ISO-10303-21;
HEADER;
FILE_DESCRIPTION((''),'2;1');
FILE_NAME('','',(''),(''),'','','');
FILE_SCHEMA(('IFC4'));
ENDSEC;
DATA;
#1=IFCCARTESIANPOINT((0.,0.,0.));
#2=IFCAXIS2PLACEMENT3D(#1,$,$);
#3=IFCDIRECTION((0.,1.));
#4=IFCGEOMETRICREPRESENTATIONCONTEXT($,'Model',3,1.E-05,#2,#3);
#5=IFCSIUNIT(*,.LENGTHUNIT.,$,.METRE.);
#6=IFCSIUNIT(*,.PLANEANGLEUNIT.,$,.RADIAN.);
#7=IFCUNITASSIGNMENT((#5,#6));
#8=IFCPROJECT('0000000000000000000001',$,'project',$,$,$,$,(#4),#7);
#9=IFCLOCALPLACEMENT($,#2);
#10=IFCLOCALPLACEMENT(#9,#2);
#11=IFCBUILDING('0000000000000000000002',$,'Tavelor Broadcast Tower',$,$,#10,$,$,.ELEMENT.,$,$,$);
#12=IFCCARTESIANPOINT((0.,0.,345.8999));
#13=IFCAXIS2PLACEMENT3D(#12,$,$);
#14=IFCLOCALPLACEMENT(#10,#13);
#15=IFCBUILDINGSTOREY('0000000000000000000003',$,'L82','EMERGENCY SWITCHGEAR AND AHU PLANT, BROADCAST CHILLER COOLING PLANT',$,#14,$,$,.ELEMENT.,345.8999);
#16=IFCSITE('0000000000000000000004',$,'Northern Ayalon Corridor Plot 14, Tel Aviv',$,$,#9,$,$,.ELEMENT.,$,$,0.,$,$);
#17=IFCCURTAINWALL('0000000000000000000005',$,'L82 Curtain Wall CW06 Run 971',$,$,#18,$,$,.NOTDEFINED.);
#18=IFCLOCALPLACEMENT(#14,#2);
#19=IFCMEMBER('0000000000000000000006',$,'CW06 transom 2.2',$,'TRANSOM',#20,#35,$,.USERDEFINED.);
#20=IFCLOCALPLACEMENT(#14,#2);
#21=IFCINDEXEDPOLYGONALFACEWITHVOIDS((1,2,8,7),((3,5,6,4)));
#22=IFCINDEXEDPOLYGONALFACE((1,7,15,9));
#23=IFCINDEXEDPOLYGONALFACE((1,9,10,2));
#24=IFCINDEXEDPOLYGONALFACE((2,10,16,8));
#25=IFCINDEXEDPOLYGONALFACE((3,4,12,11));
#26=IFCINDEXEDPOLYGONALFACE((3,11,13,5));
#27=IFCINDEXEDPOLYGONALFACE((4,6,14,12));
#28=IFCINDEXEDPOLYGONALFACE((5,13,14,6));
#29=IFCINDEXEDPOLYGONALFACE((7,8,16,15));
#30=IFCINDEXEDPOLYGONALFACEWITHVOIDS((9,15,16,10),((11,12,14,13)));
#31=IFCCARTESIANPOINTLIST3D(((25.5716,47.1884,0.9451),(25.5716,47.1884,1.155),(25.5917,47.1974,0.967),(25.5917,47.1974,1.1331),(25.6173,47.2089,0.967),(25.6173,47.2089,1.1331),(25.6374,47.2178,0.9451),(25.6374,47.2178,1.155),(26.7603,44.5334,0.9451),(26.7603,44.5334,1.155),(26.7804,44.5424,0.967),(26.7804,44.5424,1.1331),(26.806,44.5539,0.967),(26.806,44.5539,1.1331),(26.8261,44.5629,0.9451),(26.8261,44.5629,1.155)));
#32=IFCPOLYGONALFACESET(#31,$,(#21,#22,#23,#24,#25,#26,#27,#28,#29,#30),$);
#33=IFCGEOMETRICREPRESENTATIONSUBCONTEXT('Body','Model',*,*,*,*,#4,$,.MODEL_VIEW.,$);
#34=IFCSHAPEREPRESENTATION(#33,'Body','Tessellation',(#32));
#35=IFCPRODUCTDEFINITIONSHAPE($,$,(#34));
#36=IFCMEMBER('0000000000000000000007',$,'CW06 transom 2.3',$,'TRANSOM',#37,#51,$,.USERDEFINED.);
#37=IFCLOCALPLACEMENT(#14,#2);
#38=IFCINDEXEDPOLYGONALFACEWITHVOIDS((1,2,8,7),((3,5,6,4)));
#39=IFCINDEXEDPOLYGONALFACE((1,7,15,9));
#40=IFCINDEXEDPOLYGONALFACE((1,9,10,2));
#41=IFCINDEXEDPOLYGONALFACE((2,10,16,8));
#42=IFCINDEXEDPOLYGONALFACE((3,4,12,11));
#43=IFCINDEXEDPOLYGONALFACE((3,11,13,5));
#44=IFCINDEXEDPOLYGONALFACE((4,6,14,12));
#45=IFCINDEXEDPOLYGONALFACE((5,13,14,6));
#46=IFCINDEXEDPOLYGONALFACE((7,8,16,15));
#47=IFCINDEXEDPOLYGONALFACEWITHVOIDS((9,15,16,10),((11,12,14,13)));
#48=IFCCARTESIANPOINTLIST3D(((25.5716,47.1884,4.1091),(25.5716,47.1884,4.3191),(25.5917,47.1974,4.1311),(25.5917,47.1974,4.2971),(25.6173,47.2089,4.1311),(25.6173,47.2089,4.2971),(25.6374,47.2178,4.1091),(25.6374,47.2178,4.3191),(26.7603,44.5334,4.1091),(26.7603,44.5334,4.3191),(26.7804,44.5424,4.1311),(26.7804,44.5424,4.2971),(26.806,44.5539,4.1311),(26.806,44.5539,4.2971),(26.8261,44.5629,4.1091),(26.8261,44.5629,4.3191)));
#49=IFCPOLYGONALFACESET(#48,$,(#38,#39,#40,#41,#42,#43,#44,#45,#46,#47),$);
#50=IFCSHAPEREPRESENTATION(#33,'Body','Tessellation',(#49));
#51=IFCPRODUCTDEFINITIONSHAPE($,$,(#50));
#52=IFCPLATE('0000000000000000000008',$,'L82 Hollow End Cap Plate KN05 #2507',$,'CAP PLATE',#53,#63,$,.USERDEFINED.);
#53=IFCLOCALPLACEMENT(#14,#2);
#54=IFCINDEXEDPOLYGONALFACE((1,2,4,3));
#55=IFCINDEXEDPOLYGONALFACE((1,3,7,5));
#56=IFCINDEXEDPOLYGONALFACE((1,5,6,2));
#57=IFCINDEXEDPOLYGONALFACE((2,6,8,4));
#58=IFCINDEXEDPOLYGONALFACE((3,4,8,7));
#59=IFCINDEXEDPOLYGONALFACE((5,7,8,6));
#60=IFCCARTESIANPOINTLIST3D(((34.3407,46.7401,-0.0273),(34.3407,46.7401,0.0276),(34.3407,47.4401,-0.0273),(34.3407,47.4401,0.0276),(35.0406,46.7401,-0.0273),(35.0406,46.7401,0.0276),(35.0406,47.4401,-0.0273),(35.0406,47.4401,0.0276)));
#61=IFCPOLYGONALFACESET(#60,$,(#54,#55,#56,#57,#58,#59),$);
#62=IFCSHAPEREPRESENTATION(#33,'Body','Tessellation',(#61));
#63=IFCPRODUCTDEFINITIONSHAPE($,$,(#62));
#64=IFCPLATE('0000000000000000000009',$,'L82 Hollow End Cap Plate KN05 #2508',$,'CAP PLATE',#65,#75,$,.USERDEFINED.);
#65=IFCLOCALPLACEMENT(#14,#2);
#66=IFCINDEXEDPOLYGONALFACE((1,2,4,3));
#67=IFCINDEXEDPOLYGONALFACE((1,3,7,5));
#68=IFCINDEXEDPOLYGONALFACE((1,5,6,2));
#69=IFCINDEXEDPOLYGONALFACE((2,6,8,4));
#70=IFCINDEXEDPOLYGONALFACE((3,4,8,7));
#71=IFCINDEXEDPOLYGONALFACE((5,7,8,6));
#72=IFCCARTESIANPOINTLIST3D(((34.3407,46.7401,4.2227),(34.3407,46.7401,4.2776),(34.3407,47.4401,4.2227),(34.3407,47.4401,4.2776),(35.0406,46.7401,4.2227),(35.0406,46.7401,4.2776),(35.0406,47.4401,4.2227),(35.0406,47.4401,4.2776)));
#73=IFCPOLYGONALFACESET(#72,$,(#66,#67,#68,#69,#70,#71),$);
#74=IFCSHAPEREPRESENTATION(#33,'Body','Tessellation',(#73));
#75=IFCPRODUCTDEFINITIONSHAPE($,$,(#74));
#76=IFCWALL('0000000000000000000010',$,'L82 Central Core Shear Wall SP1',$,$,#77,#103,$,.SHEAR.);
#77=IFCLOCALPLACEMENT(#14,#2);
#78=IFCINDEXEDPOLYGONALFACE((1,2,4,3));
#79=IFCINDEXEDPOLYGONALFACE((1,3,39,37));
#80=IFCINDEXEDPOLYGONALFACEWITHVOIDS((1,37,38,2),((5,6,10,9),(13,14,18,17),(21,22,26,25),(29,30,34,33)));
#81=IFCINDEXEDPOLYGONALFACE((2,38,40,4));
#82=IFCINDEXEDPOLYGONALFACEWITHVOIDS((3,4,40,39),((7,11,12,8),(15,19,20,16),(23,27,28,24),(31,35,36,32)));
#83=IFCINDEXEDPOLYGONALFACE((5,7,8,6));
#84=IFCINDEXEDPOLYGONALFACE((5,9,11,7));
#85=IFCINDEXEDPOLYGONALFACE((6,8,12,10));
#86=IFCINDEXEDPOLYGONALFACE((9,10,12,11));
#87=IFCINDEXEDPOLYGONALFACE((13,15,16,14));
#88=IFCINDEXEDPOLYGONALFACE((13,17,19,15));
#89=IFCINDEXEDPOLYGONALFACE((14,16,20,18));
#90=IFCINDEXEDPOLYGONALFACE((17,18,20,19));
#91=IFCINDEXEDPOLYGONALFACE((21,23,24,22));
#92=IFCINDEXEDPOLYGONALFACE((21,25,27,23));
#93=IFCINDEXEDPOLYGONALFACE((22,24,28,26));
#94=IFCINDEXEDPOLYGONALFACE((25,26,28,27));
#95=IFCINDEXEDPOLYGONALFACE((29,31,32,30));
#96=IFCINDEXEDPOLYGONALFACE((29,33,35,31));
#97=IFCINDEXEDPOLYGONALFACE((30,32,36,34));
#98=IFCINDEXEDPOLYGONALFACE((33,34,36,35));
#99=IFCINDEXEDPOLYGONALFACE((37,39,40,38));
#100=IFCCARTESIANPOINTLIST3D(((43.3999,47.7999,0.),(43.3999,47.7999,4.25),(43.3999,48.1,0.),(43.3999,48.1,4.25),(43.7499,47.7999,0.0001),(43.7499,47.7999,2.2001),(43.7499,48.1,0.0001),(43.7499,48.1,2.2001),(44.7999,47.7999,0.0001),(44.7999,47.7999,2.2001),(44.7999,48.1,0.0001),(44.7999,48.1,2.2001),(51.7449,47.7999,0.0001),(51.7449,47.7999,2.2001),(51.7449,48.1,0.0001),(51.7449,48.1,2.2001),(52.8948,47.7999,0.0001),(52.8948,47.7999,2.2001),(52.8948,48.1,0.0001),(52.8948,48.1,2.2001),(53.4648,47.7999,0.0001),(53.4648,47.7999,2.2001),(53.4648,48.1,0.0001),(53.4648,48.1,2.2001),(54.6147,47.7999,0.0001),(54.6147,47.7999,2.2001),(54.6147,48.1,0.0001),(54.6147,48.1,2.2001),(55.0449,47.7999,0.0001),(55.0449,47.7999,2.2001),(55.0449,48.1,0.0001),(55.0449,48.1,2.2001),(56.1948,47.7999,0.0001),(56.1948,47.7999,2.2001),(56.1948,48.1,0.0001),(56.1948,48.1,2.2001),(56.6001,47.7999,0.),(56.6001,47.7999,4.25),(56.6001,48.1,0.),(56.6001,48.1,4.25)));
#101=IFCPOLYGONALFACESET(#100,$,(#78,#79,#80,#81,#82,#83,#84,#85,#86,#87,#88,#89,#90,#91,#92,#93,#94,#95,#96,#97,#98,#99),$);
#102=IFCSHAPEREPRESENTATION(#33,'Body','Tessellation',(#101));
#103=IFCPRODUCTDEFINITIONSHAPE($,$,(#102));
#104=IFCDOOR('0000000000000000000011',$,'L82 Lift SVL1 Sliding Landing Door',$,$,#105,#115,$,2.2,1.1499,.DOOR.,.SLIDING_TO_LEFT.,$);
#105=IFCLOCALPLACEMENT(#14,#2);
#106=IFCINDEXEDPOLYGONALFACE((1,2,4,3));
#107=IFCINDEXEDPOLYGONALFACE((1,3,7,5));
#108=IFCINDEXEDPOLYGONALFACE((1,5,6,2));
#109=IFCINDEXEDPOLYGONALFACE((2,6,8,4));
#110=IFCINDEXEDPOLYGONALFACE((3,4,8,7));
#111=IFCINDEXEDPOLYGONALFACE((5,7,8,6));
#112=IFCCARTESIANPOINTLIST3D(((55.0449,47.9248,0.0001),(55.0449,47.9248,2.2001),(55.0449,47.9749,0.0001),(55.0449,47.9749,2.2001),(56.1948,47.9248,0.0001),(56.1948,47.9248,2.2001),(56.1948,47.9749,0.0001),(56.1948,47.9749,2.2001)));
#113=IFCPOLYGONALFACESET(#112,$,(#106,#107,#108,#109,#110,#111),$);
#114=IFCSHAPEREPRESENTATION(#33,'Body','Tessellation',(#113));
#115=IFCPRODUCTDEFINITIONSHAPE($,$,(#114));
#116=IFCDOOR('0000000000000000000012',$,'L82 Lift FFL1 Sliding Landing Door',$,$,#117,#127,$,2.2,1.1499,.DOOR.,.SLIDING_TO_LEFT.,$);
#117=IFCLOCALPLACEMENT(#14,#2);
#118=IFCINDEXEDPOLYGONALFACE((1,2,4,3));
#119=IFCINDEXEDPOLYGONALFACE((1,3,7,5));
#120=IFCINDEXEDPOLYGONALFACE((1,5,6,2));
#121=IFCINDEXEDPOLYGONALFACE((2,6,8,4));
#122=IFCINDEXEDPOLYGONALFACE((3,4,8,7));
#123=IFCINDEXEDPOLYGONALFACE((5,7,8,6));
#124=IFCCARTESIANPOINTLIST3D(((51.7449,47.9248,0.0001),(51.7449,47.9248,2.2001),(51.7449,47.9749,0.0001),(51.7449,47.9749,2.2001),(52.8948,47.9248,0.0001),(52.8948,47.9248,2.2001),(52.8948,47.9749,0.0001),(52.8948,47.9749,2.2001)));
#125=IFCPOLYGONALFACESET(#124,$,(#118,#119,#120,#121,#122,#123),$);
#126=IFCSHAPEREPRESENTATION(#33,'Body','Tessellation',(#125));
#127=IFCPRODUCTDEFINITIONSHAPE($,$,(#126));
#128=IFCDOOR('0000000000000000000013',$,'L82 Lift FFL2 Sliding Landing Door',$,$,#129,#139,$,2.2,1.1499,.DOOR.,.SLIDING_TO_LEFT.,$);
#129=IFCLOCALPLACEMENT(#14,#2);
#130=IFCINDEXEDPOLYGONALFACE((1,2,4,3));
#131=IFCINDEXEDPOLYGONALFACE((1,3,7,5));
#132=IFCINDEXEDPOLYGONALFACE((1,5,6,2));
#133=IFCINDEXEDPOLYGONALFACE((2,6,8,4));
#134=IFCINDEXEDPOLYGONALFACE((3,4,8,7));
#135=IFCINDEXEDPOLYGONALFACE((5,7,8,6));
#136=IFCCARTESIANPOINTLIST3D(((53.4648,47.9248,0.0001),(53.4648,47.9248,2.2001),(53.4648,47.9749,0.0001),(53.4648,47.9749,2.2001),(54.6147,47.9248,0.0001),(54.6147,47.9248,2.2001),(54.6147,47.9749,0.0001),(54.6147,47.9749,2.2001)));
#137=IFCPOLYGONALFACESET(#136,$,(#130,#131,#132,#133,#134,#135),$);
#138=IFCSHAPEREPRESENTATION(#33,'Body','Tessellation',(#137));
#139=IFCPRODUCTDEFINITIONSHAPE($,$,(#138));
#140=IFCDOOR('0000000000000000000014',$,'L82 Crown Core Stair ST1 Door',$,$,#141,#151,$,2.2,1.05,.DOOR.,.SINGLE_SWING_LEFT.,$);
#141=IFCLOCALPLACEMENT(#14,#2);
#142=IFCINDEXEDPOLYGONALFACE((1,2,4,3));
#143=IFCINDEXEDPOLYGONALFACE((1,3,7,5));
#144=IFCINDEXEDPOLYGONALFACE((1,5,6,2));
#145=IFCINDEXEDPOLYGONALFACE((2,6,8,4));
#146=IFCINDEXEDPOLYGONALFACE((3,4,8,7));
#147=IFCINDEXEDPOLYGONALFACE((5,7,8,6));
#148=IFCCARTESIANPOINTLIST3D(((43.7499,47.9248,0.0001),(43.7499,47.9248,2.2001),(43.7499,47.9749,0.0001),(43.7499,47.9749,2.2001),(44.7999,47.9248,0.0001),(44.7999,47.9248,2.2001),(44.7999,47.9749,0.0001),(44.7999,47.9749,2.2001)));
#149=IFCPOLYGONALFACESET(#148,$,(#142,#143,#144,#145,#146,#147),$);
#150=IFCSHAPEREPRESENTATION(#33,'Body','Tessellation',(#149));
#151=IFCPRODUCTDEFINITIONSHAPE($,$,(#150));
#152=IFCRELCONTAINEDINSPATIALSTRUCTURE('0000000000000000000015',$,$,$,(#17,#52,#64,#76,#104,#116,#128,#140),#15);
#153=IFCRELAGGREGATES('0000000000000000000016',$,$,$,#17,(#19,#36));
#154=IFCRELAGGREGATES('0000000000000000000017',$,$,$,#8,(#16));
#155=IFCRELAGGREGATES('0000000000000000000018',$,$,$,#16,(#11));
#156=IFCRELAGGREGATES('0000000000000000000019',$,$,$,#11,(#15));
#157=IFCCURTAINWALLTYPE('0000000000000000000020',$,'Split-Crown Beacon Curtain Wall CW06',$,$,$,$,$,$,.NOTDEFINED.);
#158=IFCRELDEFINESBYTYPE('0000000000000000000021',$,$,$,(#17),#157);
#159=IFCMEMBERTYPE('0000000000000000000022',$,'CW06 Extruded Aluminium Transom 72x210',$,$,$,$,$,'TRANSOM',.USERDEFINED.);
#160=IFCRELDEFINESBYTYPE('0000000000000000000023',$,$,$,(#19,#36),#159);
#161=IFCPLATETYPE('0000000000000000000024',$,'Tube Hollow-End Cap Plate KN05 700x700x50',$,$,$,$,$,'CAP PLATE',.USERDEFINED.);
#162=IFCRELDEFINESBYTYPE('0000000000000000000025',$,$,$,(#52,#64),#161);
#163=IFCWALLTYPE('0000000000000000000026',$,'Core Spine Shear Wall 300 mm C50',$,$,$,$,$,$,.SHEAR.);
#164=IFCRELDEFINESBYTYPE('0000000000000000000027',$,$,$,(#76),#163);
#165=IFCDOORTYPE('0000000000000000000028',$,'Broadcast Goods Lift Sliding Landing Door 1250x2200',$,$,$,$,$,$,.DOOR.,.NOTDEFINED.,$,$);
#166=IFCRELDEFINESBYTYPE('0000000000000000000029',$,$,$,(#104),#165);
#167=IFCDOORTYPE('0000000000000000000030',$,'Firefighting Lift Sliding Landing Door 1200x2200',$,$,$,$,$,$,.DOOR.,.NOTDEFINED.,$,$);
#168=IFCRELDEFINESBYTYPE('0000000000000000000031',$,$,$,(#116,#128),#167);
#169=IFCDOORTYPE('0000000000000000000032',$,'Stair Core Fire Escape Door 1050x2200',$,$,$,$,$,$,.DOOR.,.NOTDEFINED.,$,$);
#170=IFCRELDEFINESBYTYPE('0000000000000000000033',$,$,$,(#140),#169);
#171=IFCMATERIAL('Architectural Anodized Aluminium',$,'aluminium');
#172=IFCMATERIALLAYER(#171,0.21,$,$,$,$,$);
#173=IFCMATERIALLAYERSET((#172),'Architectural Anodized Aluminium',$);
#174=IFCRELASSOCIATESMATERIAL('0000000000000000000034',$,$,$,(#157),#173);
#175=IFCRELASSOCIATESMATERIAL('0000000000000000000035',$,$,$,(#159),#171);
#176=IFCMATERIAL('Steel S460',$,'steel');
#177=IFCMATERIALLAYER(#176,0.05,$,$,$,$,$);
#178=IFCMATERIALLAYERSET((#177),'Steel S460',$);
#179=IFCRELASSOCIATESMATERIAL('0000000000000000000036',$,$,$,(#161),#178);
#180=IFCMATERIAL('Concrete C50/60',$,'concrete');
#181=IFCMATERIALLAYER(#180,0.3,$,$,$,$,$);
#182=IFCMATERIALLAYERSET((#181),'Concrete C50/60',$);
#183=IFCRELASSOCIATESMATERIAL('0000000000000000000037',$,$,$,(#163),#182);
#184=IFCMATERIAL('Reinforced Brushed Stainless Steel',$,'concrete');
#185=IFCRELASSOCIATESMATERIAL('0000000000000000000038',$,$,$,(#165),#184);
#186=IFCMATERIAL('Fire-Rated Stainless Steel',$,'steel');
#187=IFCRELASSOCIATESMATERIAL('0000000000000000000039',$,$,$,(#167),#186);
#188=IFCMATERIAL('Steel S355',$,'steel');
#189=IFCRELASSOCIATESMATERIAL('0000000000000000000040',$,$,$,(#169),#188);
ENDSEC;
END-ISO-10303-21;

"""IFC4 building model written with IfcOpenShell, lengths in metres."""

from ifc_helpers import new_model, si_unit, direction, frame, frame_2d, origin, origin_2d, place, context, subcontext, project, spatial, rectangle, hollow_rectangle, extrude, source, transform, mapped, material, layer, layer_set, material_profile, profile_set, type_object, type_shapes, element, fill, aggregate, save


model = new_model("IFC4")

# Units and contexts
model_context = context("Model", 3, precision=1e-05, world=origin(), true_north=direction((0.0, 1.0)))
body_context = subcontext(model_context, "Body", "Model", "MODEL_VIEW")
ifc_project = project(units=[si_unit("LENGTHUNIT", "METRE"), si_unit("PLANEANGLEUNIT", "RADIAN")], contexts=[model_context])

# Site, building, storey
site_placement = place(None, origin())
site = spatial("IfcSite", under=ifc_project, at=site_placement, Name="Northern Ayalon Corridor Plot 14, Tel Aviv", CompositionType="ELEMENT", RefElevation=0.0)
building_placement = place(site_placement, origin())
building = spatial("IfcBuilding", under=site, at=building_placement, Name="Tavelor Broadcast Tower", CompositionType="ELEMENT")
storey_placement = place(building_placement, frame((0.0, 0.0, 345.8999)))
storey = spatial("IfcBuildingStorey", under=building, at=storey_placement, Name="L82", Description="EMERGENCY SWITCHGEAR AND AHU PLANT, BROADCAST CHILLER COOLING PLANT", CompositionType="ELEMENT", Elevation=345.8999)

# Shared definitions
ifc_material_1 = material(Name="Concrete C50/60", Category="concrete")
ifc_material_2 = material(Name="Steel S355", Category="steel")

# Curtain wall, members
ifc_material_3 = material(Name="Architectural Anodized Aluminium", Category="aluminium")
ifc_layer_1 = layer(ifc_material_3, 0.21)
ifc_layer_set_1 = layer_set([ifc_layer_1], Name="Architectural Anodized Aluminium")
curtain_wall_type = type_object("IfcCurtainWallType", Name="Split-Crown Beacon Curtain Wall CW06", PredefinedType="NOTDEFINED", material=ifc_layer_set_1)
curtain_wall_placement = place(storey_placement, origin())
curtain_wall = element("IfcCurtainWall", 1, at=curtain_wall_placement, inside=storey, type_object=curtain_wall_type, Name="L82 Curtain Wall CW06 Run 971", PredefinedType="NOTDEFINED")
ifc_material_profile_1 = material_profile(ifc_material_3, hollow_rectangle(XDim=0.072, YDim=0.21, WallThickness=0.022, at=origin_2d()), Name="RHS 72x210x22")
ifc_profile_set_1 = profile_set([ifc_material_profile_1], Name="Architectural Anodized Aluminium")
member_type_1 = type_object("IfcMemberType", Name="CW06 Extruded Aluminium Transom 72x210", ElementType="TRANSOM", PredefinedType="USERDEFINED", material=ifc_profile_set_1)
shared_shape_1 = source(origin(), body_context, "Body", "SweptSolid", [
    extrude(hollow_rectangle(XDim=0.072, YDim=0.21, WallThickness=0.022, at=origin_2d()), origin(), (0.0, 0.0, 1.0), 2.9089),
])
type_shapes(member_type_1, [shared_shape_1])
member_1_placement = place(storey_placement, frame((25.6045, 47.2031, 1.05), z_axis=(0.408637, -0.912697, 0.0), x_axis=(0.912697, 0.408637, 0.0)))
member_1 = element("IfcMember", 2, at=member_1_placement, type_object=member_type_1, Name="CW06 transom 2.2", ObjectType="TRANSOM", PredefinedType="USERDEFINED", context=body_context, shape_type="MappedRepresentation", body=[
    mapped(shared_shape_1, transform((0.0, 0.0, 0.0), scale=1.0)),
])
member_2_placement = place(storey_placement, frame((25.6045, 47.2031, 4.2141), z_axis=(0.408637, -0.912697, 0.0), x_axis=(0.912697, 0.408637, 0.0)))
member_2 = element("IfcMember", 3, at=member_2_placement, type_object=member_type_1, Name="CW06 transom 2.3", ObjectType="TRANSOM", PredefinedType="USERDEFINED", context=body_context, shape_type="MappedRepresentation", body=[
    mapped(shared_shape_1, transform((0.0, 0.0, 0.0), scale=1.0)),
])
aggregate(curtain_wall, [member_1, member_2])

# Plates
ifc_material_4 = material(Name="Steel S460", Category="steel")
ifc_layer_2 = layer(ifc_material_4, 0.05)
ifc_layer_set_2 = layer_set([ifc_layer_2], Name="Steel S460")
plate_type = type_object("IfcPlateType", Name="Tube Hollow-End Cap Plate KN05 700x700x50", ElementType="CAP PLATE", PredefinedType="USERDEFINED", material=ifc_layer_set_2)
shared_shape_2 = source(origin(), body_context, "Body", "SweptSolid", [
    extrude(rectangle(XDim=0.7, YDim=0.7, at=origin_2d()), origin(), (0.0, 0.0, 1.0), 0.0549),
])
type_shapes(plate_type, [shared_shape_2])
for number, where, z_axis, x_axis, name in (
    (4, (34.6907, 47.0901, -0.0273), (0.0, 0.0, 1.0), (1.0, 0.0, 0.0), "L82 Hollow End Cap Plate KN05 #2507"),
    (5, (34.6907, 47.0901, 4.2227), (0.0, 0.0, 1.0), (1.0, 0.0, 0.0), "L82 Hollow End Cap Plate KN05 #2508"),
):
    element("IfcPlate", number, at=place(storey_placement, frame(where, z_axis=z_axis, x_axis=x_axis)), inside=storey, type_object=plate_type, Name=name, ObjectType="CAP PLATE", PredefinedType="USERDEFINED", context=body_context, shape_type="MappedRepresentation", body=[
        mapped(shared_shape_2, transform((0.0, 0.0, 0.0), scale=1.0)),
    ])

# Wall, openings, doors
ifc_layer_3 = layer(ifc_material_1, 0.3)
ifc_layer_set_3 = layer_set([ifc_layer_3], Name="Concrete C50/60")
wall_type_1 = type_object("IfcWallType", Name="Core Spine Shear Wall 300 mm C50", PredefinedType="SHEAR", material=ifc_layer_set_3)
wall_1_placement = place(storey_placement, frame((43.3999, 47.95, 0.0), z_axis=(0.0, 0.0, 1.0), x_axis=(1.0, 0.0, 0.0)))
wall_1 = element("IfcWall", 6, at=wall_1_placement, inside=storey, type_object=wall_type_1, Name="L82 Central Core Shear Wall SP1", PredefinedType="SHEAR", context=body_context, shape_type="SweptSolid", body=[
    extrude(rectangle(XDim=13.2002, YDim=0.3, at=frame_2d((6.6001, 0.0))), origin(), (0.0, 0.0, 1.0), 4.25),
])
opening_1_placement = place(wall_1_placement, frame((0.3501, 0.0, 0.0)))
opening_1 = element("IfcOpeningElement", 7, at=opening_1_placement, cuts=wall_1, PredefinedType="OPENING", context=body_context, shape_type="SweptSolid", body=[
    extrude(rectangle(XDim=1.05, YDim=2.2, at=frame_2d((0.5249, 1.1001))), frame((0.0, 0.1602, 0.0), z_axis=(0.0, -1.0, 0.0), x_axis=(1.0, 0.0, 0.0)), (0.0, 0.0, 1.0), 0.3201),
])
opening_2_placement = place(wall_1_placement, frame((8.345, 0.0, 0.0)))
opening_2 = element("IfcOpeningElement", 8, at=opening_2_placement, cuts=wall_1, PredefinedType="OPENING", context=body_context, shape_type="SweptSolid", body=[
    extrude(rectangle(XDim=1.1499, YDim=2.2, at=frame_2d((0.575, 1.1001))), frame((0.0, 0.1602, 0.0), z_axis=(0.0, -1.0, 0.0), x_axis=(1.0, 0.0, 0.0)), (0.0, 0.0, 1.0), 0.3201),
])
opening_3_placement = place(wall_1_placement, frame((10.0649, 0.0, 0.0)))
opening_3 = element("IfcOpeningElement", 9, at=opening_3_placement, cuts=wall_1, PredefinedType="OPENING", context=body_context, shape_type="SweptSolid", body=[
    extrude(rectangle(XDim=1.1499, YDim=2.2, at=frame_2d((0.575, 1.1001))), frame((0.0, 0.1602, 0.0), z_axis=(0.0, -1.0, 0.0), x_axis=(1.0, 0.0, 0.0)), (0.0, 0.0, 1.0), 0.3201),
])
opening_4_placement = place(wall_1_placement, frame((11.645, 0.0, 0.0)))
opening_4 = element("IfcOpeningElement", 10, at=opening_4_placement, cuts=wall_1, PredefinedType="OPENING", context=body_context, shape_type="SweptSolid", body=[
    extrude(rectangle(XDim=1.1499, YDim=2.2, at=frame_2d((0.575, 1.1001))), frame((0.0, 0.1602, 0.0), z_axis=(0.0, -1.0, 0.0), x_axis=(1.0, 0.0, 0.0)), (0.0, 0.0, 1.0), 0.3201),
])
ifc_material_5 = material(Name="Reinforced Brushed Stainless Steel", Category="concrete")
door_type_1 = type_object("IfcDoorType", Name="Broadcast Goods Lift Sliding Landing Door 1250x2200", OperationType="NOTDEFINED", PredefinedType="DOOR", material=ifc_material_5)
door_1_placement = place(opening_4_placement, origin())
door_1 = element("IfcDoor", 11, at=door_1_placement, inside=storey, type_object=door_type_1, Name="L82 Lift SVL1 Sliding Landing Door", OperationType="SLIDING_TO_LEFT", OverallHeight=2.2, OverallWidth=1.1499, PredefinedType="DOOR", context=body_context, shape_type="SweptSolid", body=[
    extrude(rectangle(XDim=1.1499, YDim=2.2, at=frame_2d((0.575, 1.1001))), frame((0.0, 0.0249, 0.0), z_axis=(0.0, -1.0, 0.0), x_axis=(1.0, 0.0, 0.0)), (0.0, 0.0, 1.0), 0.05),
])
fill(opening_4, door_1)
ifc_material_6 = material(Name="Fire-Rated Stainless Steel", Category="steel")
door_type_2 = type_object("IfcDoorType", Name="Firefighting Lift Sliding Landing Door 1200x2200", OperationType="NOTDEFINED", PredefinedType="DOOR", material=ifc_material_6)
door_2_placement = place(opening_2_placement, origin())
door_2 = element("IfcDoor", 12, at=door_2_placement, inside=storey, type_object=door_type_2, Name="L82 Lift FFL1 Sliding Landing Door", OperationType="SLIDING_TO_LEFT", OverallHeight=2.2, OverallWidth=1.1499, PredefinedType="DOOR", context=body_context, shape_type="SweptSolid", body=[
    extrude(rectangle(XDim=1.1499, YDim=2.2, at=frame_2d((0.575, 1.1001))), frame((0.0, 0.0249, 0.0), z_axis=(0.0, -1.0, 0.0), x_axis=(1.0, 0.0, 0.0)), (0.0, 0.0, 1.0), 0.05),
])
fill(opening_2, door_2)
door_3_placement = place(opening_3_placement, origin())
door_3 = element("IfcDoor", 13, at=door_3_placement, inside=storey, type_object=door_type_2, Name="L82 Lift FFL2 Sliding Landing Door", OperationType="SLIDING_TO_LEFT", OverallHeight=2.2, OverallWidth=1.1499, PredefinedType="DOOR", context=body_context, shape_type="SweptSolid", body=[
    extrude(rectangle(XDim=1.1499, YDim=2.2, at=frame_2d((0.575, 1.1001))), frame((0.0, 0.0249, 0.0), z_axis=(0.0, -1.0, 0.0), x_axis=(1.0, 0.0, 0.0)), (0.0, 0.0, 1.0), 0.05),
])
fill(opening_3, door_3)
door_type_3 = type_object("IfcDoorType", Name="Stair Core Fire Escape Door 1050x2200", OperationType="NOTDEFINED", PredefinedType="DOOR", material=ifc_material_2)
door_4_placement = place(opening_1_placement, origin())
door_4 = element("IfcDoor", 14, at=door_4_placement, inside=storey, type_object=door_type_3, Name="L82 Crown Core Stair ST1 Door", OperationType="SINGLE_SWING_LEFT", OverallHeight=2.2, OverallWidth=1.05, PredefinedType="DOOR", context=body_context, shape_type="SweptSolid", body=[
    extrude(rectangle(XDim=1.05, YDim=2.2, at=frame_2d((0.5249, 1.1001))), frame((0.0, 0.0249, 0.0), z_axis=(0.0, -1.0, 0.0), x_axis=(1.0, 0.0, 0.0)), (0.0, 0.0, 1.0), 0.05),
])
fill(opening_1, door_4)

save(model, "model.ifc")
